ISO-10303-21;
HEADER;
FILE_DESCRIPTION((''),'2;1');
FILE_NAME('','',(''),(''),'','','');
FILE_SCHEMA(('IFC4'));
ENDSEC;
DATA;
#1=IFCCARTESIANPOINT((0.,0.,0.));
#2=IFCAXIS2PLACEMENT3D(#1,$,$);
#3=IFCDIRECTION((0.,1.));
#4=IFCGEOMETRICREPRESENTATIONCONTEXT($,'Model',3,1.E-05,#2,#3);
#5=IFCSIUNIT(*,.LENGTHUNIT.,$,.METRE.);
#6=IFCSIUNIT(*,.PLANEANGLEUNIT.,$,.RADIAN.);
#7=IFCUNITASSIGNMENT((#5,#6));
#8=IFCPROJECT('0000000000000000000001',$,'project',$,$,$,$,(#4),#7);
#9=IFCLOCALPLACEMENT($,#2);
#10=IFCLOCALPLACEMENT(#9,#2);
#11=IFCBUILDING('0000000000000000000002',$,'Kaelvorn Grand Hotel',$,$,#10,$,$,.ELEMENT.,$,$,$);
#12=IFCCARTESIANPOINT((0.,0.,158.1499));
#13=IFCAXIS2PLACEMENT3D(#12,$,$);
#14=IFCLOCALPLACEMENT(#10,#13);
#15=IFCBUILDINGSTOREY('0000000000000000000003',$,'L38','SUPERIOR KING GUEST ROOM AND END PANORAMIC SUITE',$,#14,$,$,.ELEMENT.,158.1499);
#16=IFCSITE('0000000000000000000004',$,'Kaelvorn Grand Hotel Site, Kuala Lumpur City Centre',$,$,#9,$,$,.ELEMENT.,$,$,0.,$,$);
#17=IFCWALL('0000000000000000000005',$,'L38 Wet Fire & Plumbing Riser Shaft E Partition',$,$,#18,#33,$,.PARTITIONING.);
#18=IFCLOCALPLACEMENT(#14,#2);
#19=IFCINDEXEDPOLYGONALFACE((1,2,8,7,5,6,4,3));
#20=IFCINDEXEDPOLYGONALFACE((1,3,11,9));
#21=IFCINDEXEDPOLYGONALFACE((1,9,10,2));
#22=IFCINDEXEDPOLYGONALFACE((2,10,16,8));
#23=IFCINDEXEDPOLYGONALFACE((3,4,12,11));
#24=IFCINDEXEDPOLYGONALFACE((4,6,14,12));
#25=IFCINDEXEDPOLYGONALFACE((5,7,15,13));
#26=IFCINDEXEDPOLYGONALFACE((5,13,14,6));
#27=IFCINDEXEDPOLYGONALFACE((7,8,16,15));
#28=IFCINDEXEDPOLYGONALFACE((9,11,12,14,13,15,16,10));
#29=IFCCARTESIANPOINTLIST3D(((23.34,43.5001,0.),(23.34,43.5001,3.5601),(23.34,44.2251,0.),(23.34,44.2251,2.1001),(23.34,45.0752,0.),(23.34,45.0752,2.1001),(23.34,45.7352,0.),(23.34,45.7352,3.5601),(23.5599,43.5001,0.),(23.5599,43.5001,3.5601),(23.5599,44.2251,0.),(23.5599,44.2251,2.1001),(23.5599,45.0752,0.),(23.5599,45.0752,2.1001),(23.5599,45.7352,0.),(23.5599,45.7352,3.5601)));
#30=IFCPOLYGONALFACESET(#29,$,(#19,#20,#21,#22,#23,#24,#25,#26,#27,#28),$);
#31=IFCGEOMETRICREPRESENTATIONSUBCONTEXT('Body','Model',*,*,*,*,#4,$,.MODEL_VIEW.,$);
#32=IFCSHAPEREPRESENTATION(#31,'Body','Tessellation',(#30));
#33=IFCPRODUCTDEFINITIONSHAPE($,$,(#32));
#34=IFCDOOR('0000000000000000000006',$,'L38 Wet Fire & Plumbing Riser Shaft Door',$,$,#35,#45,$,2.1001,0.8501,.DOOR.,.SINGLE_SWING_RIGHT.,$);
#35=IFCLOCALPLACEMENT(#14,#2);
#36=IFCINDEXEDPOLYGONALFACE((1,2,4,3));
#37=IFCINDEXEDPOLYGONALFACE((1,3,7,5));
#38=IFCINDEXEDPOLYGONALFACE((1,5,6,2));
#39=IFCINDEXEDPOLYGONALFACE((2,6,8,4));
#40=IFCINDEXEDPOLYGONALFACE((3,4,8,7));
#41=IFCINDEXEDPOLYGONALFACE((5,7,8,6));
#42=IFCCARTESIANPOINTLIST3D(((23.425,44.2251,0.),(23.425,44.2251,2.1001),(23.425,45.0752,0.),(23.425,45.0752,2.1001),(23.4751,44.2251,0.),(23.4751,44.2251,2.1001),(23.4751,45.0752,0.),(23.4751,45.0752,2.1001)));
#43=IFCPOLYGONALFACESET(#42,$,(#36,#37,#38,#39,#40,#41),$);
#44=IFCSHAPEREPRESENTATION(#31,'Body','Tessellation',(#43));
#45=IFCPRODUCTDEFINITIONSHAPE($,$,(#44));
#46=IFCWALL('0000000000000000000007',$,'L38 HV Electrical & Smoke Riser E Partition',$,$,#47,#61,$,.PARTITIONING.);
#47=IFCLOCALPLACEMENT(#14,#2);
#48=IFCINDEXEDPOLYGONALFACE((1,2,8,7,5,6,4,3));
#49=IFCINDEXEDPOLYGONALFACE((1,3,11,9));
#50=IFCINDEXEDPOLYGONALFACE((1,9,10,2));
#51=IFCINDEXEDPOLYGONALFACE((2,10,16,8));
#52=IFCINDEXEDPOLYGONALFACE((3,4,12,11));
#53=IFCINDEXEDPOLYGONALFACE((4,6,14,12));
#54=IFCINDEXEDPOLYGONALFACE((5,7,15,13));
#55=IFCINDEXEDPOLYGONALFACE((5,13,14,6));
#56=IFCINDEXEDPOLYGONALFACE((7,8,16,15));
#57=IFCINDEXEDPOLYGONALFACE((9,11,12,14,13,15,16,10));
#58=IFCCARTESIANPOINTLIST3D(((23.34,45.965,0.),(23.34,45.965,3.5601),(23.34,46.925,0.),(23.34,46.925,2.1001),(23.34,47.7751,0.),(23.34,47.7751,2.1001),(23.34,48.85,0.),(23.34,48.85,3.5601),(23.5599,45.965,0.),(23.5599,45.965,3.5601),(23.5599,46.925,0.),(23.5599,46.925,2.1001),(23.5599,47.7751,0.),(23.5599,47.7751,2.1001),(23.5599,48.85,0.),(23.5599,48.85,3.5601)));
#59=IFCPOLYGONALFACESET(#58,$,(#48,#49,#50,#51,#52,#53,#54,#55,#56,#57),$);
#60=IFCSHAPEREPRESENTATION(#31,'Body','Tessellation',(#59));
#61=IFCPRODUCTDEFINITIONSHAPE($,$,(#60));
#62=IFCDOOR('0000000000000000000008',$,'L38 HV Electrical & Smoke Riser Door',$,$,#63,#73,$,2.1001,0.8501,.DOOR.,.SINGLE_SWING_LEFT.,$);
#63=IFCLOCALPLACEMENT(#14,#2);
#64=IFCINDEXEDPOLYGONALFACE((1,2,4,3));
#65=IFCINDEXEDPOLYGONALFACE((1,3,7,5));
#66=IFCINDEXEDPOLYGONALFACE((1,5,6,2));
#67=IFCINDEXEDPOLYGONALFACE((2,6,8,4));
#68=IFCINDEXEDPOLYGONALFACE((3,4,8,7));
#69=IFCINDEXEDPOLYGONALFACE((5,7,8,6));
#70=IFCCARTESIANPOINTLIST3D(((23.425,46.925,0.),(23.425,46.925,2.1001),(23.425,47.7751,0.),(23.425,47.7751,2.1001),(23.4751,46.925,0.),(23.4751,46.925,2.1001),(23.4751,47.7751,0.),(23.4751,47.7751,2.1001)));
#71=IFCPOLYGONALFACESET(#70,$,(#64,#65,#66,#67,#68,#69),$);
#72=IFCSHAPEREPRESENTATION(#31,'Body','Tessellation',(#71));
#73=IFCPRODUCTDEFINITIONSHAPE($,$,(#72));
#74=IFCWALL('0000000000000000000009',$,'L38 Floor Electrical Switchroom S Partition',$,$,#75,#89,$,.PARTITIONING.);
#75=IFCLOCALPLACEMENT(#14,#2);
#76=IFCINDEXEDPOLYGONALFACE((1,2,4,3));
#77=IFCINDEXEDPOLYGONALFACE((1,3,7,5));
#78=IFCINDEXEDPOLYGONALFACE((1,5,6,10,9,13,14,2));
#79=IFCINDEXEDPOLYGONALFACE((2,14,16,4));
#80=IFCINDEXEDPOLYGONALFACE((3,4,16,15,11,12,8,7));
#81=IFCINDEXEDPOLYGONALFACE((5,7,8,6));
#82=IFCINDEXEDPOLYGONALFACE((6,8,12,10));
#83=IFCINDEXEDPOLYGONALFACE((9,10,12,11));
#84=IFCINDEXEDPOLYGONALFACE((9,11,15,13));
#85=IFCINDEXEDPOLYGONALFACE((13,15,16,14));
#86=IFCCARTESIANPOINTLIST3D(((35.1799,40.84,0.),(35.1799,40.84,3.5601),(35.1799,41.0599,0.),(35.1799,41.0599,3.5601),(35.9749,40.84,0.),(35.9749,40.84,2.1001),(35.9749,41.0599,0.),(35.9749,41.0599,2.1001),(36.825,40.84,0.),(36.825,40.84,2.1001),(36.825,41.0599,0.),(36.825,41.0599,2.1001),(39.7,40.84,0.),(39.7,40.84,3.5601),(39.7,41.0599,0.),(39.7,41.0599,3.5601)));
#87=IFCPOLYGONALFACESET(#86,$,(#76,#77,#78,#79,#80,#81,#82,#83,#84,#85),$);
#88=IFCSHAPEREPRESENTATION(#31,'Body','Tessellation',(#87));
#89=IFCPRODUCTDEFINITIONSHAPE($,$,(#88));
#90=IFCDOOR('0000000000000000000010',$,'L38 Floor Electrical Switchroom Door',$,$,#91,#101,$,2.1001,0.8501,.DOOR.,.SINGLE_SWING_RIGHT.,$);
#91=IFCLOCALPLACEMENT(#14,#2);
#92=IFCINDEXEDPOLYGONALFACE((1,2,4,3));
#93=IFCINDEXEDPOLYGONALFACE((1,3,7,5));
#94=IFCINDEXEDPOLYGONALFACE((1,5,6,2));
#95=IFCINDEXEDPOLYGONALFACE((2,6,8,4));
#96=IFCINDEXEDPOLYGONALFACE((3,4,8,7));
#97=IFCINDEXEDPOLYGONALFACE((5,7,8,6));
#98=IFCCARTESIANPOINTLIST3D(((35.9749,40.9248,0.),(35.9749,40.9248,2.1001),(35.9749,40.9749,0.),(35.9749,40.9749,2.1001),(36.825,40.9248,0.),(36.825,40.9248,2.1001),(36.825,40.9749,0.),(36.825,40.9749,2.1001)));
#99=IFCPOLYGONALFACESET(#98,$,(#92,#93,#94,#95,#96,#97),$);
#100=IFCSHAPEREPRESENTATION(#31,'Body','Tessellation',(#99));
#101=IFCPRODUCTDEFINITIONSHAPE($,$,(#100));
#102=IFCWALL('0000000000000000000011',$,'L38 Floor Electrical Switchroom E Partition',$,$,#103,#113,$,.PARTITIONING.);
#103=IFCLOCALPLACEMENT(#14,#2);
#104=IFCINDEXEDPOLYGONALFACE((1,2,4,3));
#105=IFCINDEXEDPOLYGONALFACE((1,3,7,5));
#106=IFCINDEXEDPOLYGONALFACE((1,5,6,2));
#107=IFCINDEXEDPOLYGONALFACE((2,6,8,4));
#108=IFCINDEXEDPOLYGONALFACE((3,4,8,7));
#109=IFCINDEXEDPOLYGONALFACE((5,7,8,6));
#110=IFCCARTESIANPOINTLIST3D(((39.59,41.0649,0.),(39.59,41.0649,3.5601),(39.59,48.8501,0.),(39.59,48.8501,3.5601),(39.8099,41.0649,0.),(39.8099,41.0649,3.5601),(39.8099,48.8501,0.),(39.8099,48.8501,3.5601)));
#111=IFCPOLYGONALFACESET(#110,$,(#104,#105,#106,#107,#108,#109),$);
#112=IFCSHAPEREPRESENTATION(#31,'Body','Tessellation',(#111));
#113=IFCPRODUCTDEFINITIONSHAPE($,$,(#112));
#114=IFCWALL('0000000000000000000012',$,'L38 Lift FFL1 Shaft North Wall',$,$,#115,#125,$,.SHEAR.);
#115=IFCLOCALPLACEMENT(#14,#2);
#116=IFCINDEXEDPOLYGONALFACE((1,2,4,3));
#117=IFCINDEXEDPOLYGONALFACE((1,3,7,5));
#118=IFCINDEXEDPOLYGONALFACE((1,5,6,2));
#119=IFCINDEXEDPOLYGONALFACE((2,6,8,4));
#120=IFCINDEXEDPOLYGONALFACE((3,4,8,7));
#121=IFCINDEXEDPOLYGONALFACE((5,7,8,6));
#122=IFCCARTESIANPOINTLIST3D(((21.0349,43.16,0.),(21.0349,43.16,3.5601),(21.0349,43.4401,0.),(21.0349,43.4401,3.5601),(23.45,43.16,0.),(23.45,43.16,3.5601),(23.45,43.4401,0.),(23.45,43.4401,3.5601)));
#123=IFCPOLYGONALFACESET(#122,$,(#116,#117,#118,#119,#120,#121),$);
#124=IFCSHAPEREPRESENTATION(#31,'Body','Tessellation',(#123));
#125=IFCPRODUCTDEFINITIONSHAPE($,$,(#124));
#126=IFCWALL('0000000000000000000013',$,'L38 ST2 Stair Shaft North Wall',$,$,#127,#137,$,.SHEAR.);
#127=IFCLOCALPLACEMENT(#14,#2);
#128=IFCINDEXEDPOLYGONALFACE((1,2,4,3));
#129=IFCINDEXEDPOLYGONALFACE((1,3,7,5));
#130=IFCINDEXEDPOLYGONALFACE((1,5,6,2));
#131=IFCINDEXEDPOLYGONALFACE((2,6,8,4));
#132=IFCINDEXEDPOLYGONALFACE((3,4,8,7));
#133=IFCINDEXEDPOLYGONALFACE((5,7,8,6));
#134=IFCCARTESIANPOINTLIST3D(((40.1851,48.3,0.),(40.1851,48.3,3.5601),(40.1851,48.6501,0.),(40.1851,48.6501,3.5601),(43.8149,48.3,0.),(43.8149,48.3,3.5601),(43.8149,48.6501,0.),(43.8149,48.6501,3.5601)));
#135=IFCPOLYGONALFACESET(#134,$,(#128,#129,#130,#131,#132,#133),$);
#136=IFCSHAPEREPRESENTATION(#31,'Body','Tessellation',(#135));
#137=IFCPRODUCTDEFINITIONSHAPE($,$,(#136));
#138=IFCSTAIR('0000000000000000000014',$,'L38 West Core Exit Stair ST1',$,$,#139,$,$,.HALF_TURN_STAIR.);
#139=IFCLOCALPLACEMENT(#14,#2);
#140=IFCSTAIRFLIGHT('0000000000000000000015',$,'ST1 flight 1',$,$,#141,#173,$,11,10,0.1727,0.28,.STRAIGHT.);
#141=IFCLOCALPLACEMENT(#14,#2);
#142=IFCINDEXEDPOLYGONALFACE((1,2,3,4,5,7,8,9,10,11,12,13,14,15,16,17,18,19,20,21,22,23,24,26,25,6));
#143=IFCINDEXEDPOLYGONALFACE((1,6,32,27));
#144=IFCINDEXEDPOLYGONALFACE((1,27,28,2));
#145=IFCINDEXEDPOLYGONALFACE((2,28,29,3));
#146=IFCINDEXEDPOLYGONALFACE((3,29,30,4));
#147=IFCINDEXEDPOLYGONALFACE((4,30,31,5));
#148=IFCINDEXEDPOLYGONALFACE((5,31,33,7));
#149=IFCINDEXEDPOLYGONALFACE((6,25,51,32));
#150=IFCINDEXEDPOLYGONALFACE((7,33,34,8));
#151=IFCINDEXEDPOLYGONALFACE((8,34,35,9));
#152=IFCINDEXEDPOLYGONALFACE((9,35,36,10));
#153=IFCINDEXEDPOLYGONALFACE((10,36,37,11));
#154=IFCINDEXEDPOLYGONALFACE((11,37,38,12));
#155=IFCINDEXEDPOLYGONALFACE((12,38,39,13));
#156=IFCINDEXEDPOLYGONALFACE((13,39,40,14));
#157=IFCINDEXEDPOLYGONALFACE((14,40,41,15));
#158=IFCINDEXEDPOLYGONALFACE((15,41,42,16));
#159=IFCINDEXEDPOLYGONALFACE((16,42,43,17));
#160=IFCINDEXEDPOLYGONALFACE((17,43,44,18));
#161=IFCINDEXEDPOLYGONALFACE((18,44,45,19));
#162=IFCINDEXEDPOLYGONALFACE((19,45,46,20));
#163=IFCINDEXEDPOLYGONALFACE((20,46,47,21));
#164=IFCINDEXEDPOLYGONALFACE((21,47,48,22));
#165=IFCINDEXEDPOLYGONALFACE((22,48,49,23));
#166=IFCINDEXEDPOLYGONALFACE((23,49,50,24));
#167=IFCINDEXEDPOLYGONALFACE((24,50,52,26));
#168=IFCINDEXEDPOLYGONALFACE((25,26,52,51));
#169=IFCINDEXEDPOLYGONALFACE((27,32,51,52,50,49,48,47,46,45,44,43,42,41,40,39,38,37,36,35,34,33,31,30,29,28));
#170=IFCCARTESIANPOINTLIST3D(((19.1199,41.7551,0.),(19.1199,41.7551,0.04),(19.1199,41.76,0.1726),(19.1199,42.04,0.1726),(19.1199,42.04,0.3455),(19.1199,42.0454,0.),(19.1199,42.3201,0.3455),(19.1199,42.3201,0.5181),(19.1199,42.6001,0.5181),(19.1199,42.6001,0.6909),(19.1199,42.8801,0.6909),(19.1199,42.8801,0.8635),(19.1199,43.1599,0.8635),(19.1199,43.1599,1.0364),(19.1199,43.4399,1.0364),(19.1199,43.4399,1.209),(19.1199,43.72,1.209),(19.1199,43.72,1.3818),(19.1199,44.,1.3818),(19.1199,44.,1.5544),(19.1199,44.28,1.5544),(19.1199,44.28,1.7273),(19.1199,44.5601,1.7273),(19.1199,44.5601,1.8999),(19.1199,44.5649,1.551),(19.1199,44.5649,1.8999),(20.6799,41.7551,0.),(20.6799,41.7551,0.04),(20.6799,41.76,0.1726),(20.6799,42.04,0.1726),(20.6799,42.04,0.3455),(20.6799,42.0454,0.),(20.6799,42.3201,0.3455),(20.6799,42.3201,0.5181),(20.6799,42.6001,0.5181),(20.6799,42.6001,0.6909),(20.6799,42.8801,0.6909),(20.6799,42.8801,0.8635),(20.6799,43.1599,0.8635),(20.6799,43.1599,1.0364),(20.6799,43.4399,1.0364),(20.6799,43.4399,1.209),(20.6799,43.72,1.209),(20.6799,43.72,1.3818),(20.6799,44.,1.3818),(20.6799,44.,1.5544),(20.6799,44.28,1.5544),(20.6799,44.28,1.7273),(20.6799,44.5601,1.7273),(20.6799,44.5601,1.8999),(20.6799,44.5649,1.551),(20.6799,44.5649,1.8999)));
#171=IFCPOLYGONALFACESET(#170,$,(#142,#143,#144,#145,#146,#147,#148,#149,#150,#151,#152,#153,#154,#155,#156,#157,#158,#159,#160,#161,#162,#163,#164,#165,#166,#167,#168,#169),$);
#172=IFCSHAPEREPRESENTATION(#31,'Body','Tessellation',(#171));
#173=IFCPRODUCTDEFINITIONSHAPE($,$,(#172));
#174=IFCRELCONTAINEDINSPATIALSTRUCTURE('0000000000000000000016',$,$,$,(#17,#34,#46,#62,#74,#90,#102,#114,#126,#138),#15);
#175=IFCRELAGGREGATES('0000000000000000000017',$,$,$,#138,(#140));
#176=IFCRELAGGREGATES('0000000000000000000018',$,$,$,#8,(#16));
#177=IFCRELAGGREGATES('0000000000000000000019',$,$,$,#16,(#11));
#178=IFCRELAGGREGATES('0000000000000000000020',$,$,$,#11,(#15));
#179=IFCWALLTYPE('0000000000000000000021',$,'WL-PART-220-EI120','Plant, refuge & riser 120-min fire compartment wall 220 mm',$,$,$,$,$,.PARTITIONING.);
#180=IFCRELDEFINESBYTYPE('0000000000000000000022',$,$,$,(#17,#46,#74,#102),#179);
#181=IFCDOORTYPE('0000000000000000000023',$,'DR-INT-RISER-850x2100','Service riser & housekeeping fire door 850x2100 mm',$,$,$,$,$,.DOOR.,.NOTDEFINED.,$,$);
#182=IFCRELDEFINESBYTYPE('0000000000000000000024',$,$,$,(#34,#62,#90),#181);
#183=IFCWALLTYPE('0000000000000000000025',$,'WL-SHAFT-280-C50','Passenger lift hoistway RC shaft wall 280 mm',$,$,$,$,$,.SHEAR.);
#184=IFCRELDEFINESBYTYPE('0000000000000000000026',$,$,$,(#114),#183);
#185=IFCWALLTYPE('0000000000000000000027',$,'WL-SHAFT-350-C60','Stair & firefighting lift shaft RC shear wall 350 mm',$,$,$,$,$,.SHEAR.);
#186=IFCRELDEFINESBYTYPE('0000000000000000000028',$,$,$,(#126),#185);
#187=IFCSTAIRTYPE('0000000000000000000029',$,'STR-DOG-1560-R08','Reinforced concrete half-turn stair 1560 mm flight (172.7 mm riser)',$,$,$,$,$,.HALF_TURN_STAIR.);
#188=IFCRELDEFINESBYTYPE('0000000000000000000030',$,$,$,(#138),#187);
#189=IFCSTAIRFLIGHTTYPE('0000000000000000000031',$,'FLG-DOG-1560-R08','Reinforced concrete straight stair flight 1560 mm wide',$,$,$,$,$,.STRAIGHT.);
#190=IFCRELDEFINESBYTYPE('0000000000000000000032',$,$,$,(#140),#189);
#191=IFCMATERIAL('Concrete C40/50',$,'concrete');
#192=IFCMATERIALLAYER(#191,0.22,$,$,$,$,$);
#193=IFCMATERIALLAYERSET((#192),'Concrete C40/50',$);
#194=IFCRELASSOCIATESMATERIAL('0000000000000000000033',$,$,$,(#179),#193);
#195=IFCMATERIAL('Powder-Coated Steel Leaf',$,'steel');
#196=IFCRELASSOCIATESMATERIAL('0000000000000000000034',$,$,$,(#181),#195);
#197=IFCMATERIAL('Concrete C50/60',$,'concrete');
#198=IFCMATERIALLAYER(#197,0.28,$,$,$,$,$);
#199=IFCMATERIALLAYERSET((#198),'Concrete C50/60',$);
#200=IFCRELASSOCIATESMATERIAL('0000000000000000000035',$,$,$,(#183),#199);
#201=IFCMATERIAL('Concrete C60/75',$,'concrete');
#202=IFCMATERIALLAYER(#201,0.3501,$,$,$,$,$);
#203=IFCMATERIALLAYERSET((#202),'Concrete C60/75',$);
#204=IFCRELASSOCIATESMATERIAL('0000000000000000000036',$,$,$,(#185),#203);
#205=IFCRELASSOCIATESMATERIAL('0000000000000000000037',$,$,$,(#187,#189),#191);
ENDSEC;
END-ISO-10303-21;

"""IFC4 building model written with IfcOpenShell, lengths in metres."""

from ifc_helpers import new_model, si_unit, direction, frame, frame_2d, origin, place, context, subcontext, project, spatial, polyline, rectangle, outline, extrude, material, layer, layer_set, type_object, element, fill, aggregate, save


model = new_model("IFC4")

# Units and contexts
model_context = context("Model", 3, precision=1e-05, world=origin(), true_north=direction((0.0, 1.0)))
body_context = subcontext(model_context, "Body", "Model", "MODEL_VIEW")
ifc_project = project(units=[si_unit("LENGTHUNIT", "METRE"), si_unit("PLANEANGLEUNIT", "RADIAN")], contexts=[model_context])

# Site, building, storey
site_placement = place(None, origin())
site = spatial("IfcSite", under=ifc_project, at=site_placement, Name="Kaelvorn Grand Hotel Site, Kuala Lumpur City Centre", CompositionType="ELEMENT", RefElevation=0.0)
building_placement = place(site_placement, origin())
building = spatial("IfcBuilding", under=site, at=building_placement, Name="Kaelvorn Grand Hotel", CompositionType="ELEMENT")
storey_placement = place(building_placement, frame((0.0, 0.0, 158.1499)))
storey = spatial("IfcBuildingStorey", under=building, at=storey_placement, Name="L38", Description="SUPERIOR KING GUEST ROOM AND END PANORAMIC SUITE", CompositionType="ELEMENT", Elevation=158.1499)

# Shared definitions
ifc_material_1 = material(Name="Concrete C60/75", Category="concrete")

# Shared definitions
ifc_material_2 = material(Name="Concrete C50/60", Category="concrete")

# Shared definitions
ifc_material_3 = material(Name="Concrete C40/50", Category="concrete")
ifc_layer_1 = layer(ifc_material_3, 0.22)
ifc_layer_set_1 = layer_set([ifc_layer_1], Name="Concrete C40/50")
wall_type_1 = type_object("IfcWallType", Name="WL-PART-220-EI120", Description="Plant, refuge & riser 120-min fire compartment wall 220 mm", PredefinedType="PARTITIONING", material=ifc_layer_set_1)

# Walls, openings, doors
wall_1_placement = place(storey_placement, frame((23.45, 43.5, 0.0), z_axis=(0.0, 0.0, 1.0), x_axis=(0.0, 1.0, 0.0)))
wall_1 = element("IfcWall", 1, at=wall_1_placement, inside=storey, type_object=wall_type_1, Name="L38 Wet Fire & Plumbing Riser Shaft E Partition", PredefinedType="PARTITIONING", context=body_context, shape_type="SweptSolid", body=[
    extrude(rectangle(XDim=2.2351, YDim=0.22, at=frame_2d((1.1177, 0.0))), origin(), (0.0, 0.0, 1.0), 3.5601),
])
opening_1_placement = place(wall_1_placement, frame((0.7251, 0.0, 0.0)))
opening_1 = element("IfcOpeningElement", 2, at=opening_1_placement, cuts=wall_1, PredefinedType="OPENING", context=body_context, shape_type="SweptSolid", body=[
    extrude(rectangle(XDim=0.8501, YDim=2.1001, at=frame_2d((0.425, 1.05))), frame((0.0, 0.1201, 0.0), z_axis=(0.0, -1.0, 0.0), x_axis=(1.0, 0.0, 0.0)), (0.0, 0.0, 1.0), 0.24),
])
ifc_material_4 = material(Name="Powder-Coated Steel Leaf", Category="steel")
door_type_1 = type_object("IfcDoorType", Name="DR-INT-RISER-850x2100", Description="Service riser & housekeeping fire door 850x2100 mm", OperationType="NOTDEFINED", PredefinedType="DOOR", material=ifc_material_4)
door_1_placement = place(opening_1_placement, origin())
door_1 = element("IfcDoor", 3, at=door_1_placement, inside=storey, type_object=door_type_1, Name="L38 Wet Fire & Plumbing Riser Shaft Door", OperationType="SINGLE_SWING_RIGHT", OverallHeight=2.1001, OverallWidth=0.8501, PredefinedType="DOOR", context=body_context, shape_type="SweptSolid", body=[
    extrude(rectangle(XDim=0.8501, YDim=2.1001, at=frame_2d((0.425, 1.05))), frame((0.0, 0.0249, 0.0), z_axis=(0.0, -1.0, 0.0), x_axis=(1.0, 0.0, 0.0)), (0.0, 0.0, 1.0), 0.05),
])
fill(opening_1, door_1)
wall_2_placement = place(storey_placement, frame((23.45, 45.9651, 0.0), z_axis=(0.0, 0.0, 1.0), x_axis=(0.0, 1.0, 0.0)))
wall_2 = element("IfcWall", 4, at=wall_2_placement, inside=storey, type_object=wall_type_1, Name="L38 HV Electrical & Smoke Riser E Partition", PredefinedType="PARTITIONING", context=body_context, shape_type="SweptSolid", body=[
    extrude(rectangle(XDim=2.885, YDim=0.22, at=frame_2d((1.4424, 0.0))), origin(), (0.0, 0.0, 1.0), 3.5601),
])
opening_2_placement = place(wall_2_placement, frame((0.96, 0.0, 0.0)))
opening_2 = element("IfcOpeningElement", 5, at=opening_2_placement, cuts=wall_2, PredefinedType="OPENING", context=body_context, shape_type="SweptSolid", body=[
    extrude(rectangle(XDim=0.8501, YDim=2.1001, at=frame_2d((0.425, 1.05))), frame((0.0, 0.1201, 0.0), z_axis=(0.0, -1.0, 0.0), x_axis=(1.0, 0.0, 0.0)), (0.0, 0.0, 1.0), 0.24),
])
door_2_placement = place(opening_2_placement, origin())
door_2 = element("IfcDoor", 6, at=door_2_placement, inside=storey, type_object=door_type_1, Name="L38 HV Electrical & Smoke Riser Door", OperationType="SINGLE_SWING_LEFT", OverallHeight=2.1001, OverallWidth=0.8501, PredefinedType="DOOR", context=body_context, shape_type="SweptSolid", body=[
    extrude(rectangle(XDim=0.8501, YDim=2.1001, at=frame_2d((0.425, 1.05))), frame((0.0, 0.0249, 0.0), z_axis=(0.0, -1.0, 0.0), x_axis=(1.0, 0.0, 0.0)), (0.0, 0.0, 1.0), 0.05),
])
fill(opening_2, door_2)
wall_3_placement = place(storey_placement, frame((35.1799, 40.95, 0.0), z_axis=(0.0, 0.0, 1.0), x_axis=(1.0, 0.0, 0.0)))
wall_3 = element("IfcWall", 7, at=wall_3_placement, inside=storey, type_object=wall_type_1, Name="L38 Floor Electrical Switchroom S Partition", PredefinedType="PARTITIONING", context=body_context, shape_type="SweptSolid", body=[
    extrude(rectangle(XDim=4.52, YDim=0.22, at=frame_2d((2.26, 0.0))), origin(), (0.0, 0.0, 1.0), 3.5601),
])
opening_3_placement = place(wall_3_placement, frame((0.7949, 0.0, 0.0)))
opening_3 = element("IfcOpeningElement", 8, at=opening_3_placement, cuts=wall_3, PredefinedType="OPENING", context=body_context, shape_type="SweptSolid", body=[
    extrude(rectangle(XDim=0.8501, YDim=2.1001, at=frame_2d((0.425, 1.05))), frame((0.0, 0.1201, 0.0), z_axis=(0.0, -1.0, 0.0), x_axis=(1.0, 0.0, 0.0)), (0.0, 0.0, 1.0), 0.24),
])
door_3_placement = place(opening_3_placement, origin())
door_3 = element("IfcDoor", 9, at=door_3_placement, inside=storey, type_object=door_type_1, Name="L38 Floor Electrical Switchroom Door", OperationType="SINGLE_SWING_RIGHT", OverallHeight=2.1001, OverallWidth=0.8501, PredefinedType="DOOR", context=body_context, shape_type="SweptSolid", body=[
    extrude(rectangle(XDim=0.8501, YDim=2.1001, at=frame_2d((0.425, 1.05))), frame((0.0, 0.0249, 0.0), z_axis=(0.0, -1.0, 0.0), x_axis=(1.0, 0.0, 0.0)), (0.0, 0.0, 1.0), 0.05),
])
fill(opening_3, door_3)

# Walls
wall_4_placement = place(storey_placement, frame((39.7, 41.0649, 0.0), z_axis=(0.0, 0.0, 1.0), x_axis=(0.0, 1.0, 0.0)))
element("IfcWall", 10, at=wall_4_placement, inside=storey, type_object=wall_type_1, Name="L38 Floor Electrical Switchroom E Partition", PredefinedType="PARTITIONING", context=body_context, shape_type="SweptSolid", body=[
    extrude(rectangle(XDim=7.7852, YDim=0.22, at=frame_2d((3.8926, 0.0))), origin(), (0.0, 0.0, 1.0), 3.5601),
])
ifc_layer_2 = layer(ifc_material_2, 0.28)
ifc_layer_set_2 = layer_set([ifc_layer_2], Name="Concrete C50/60")
wall_type_2 = type_object("IfcWallType", Name="WL-SHAFT-280-C50", Description="Passenger lift hoistway RC shaft wall 280 mm", PredefinedType="SHEAR", material=ifc_layer_set_2)
wall_5_placement = place(storey_placement, frame((21.0349, 43.3, 0.0), z_axis=(0.0, 0.0, 1.0), x_axis=(1.0, 0.0, 0.0)))
element("IfcWall", 11, at=wall_5_placement, inside=storey, type_object=wall_type_2, Name="L38 Lift FFL1 Shaft North Wall", PredefinedType="SHEAR", context=body_context, shape_type="SweptSolid", body=[
    extrude(rectangle(XDim=2.415, YDim=0.28, at=frame_2d((1.2075, 0.0))), origin(), (0.0, 0.0, 1.0), 3.5601),
])
ifc_layer_3 = layer(ifc_material_1, 0.3501)
ifc_layer_set_3 = layer_set([ifc_layer_3], Name="Concrete C60/75")
wall_type_3 = type_object("IfcWallType", Name="WL-SHAFT-350-C60", Description="Stair & firefighting lift shaft RC shear wall 350 mm", PredefinedType="SHEAR", material=ifc_layer_set_3)
wall_6_placement = place(storey_placement, frame((40.1851, 48.4751, 0.0), z_axis=(0.0, 0.0, 1.0), x_axis=(1.0, 0.0, 0.0)))
element("IfcWall", 12, at=wall_6_placement, inside=storey, type_object=wall_type_3, Name="L38 ST2 Stair Shaft North Wall", PredefinedType="SHEAR", context=body_context, shape_type="SweptSolid", body=[
    extrude(rectangle(XDim=3.6299, YDim=0.3501, at=frame_2d((1.8149, 0.0))), origin(), (0.0, 0.0, 1.0), 3.5601),
])

# Stair, stair flight
stair_type = type_object("IfcStairType", Name="STR-DOG-1560-R08", Description="Reinforced concrete half-turn stair 1560 mm flight (172.7 mm riser)", PredefinedType="HALF_TURN_STAIR", material=ifc_material_3)
stair_1_placement = place(storey_placement, origin())
stair_1 = element("IfcStair", 13, at=stair_1_placement, inside=storey, type_object=stair_type, Name="L38 West Core Exit Stair ST1", PredefinedType="HALF_TURN_STAIR")
stair_flight_type = type_object("IfcStairFlightType", Name="FLG-DOG-1560-R08", Description="Reinforced concrete straight stair flight 1560 mm wide", PredefinedType="STRAIGHT", material=ifc_material_3)
stair_flight_1_placement = place(storey_placement, frame((19.8999, 41.76, 0.0), z_axis=(0.0, 0.0, 1.0), x_axis=(0.0, 1.0, 0.0)))
stair_flight_1 = element("IfcStairFlight", 14, at=stair_flight_1_placement, type_object=stair_flight_type, Name="ST1 flight 1", NumberOfRisers=11, NumberOfTreads=10, PredefinedType="STRAIGHT", RiserHeight=0.1727, TreadLength=0.28, context=body_context, shape_type="SweptSolid", body=[
    extrude(outline(polyline([(-0.0049, 0.0), (-0.0049, 0.04), (0.0, 0.1726), (0.28, 0.1726), (0.28, 0.3455), (0.5601, 0.3455), (0.5601, 0.5181), (0.8401, 0.5181), (0.8401, 0.6909), (1.1201, 0.6909), (1.1201, 0.8635), (1.3999, 0.8635), (1.3999, 1.0364), (1.6799, 1.0364), (1.6799, 1.209), (1.96, 1.209), (1.96, 1.3818), (2.24, 1.3818), (2.24, 1.5544), (2.52, 1.5544), (2.52, 1.7273), (2.8, 1.7273), (2.8, 1.8999), (2.8049, 1.8999), (2.8049, 1.551), (0.2854, 0.0), (-0.0049, 0.0)])), frame((0.0, 0.78, 0.0), z_axis=(0.0, -1.0, 0.0), x_axis=(1.0, 0.0, 0.0)), (0.0, 0.0, 1.0), 1.5601),
])
aggregate(stair_1, [stair_flight_1])

save(model, "model.ifc")
